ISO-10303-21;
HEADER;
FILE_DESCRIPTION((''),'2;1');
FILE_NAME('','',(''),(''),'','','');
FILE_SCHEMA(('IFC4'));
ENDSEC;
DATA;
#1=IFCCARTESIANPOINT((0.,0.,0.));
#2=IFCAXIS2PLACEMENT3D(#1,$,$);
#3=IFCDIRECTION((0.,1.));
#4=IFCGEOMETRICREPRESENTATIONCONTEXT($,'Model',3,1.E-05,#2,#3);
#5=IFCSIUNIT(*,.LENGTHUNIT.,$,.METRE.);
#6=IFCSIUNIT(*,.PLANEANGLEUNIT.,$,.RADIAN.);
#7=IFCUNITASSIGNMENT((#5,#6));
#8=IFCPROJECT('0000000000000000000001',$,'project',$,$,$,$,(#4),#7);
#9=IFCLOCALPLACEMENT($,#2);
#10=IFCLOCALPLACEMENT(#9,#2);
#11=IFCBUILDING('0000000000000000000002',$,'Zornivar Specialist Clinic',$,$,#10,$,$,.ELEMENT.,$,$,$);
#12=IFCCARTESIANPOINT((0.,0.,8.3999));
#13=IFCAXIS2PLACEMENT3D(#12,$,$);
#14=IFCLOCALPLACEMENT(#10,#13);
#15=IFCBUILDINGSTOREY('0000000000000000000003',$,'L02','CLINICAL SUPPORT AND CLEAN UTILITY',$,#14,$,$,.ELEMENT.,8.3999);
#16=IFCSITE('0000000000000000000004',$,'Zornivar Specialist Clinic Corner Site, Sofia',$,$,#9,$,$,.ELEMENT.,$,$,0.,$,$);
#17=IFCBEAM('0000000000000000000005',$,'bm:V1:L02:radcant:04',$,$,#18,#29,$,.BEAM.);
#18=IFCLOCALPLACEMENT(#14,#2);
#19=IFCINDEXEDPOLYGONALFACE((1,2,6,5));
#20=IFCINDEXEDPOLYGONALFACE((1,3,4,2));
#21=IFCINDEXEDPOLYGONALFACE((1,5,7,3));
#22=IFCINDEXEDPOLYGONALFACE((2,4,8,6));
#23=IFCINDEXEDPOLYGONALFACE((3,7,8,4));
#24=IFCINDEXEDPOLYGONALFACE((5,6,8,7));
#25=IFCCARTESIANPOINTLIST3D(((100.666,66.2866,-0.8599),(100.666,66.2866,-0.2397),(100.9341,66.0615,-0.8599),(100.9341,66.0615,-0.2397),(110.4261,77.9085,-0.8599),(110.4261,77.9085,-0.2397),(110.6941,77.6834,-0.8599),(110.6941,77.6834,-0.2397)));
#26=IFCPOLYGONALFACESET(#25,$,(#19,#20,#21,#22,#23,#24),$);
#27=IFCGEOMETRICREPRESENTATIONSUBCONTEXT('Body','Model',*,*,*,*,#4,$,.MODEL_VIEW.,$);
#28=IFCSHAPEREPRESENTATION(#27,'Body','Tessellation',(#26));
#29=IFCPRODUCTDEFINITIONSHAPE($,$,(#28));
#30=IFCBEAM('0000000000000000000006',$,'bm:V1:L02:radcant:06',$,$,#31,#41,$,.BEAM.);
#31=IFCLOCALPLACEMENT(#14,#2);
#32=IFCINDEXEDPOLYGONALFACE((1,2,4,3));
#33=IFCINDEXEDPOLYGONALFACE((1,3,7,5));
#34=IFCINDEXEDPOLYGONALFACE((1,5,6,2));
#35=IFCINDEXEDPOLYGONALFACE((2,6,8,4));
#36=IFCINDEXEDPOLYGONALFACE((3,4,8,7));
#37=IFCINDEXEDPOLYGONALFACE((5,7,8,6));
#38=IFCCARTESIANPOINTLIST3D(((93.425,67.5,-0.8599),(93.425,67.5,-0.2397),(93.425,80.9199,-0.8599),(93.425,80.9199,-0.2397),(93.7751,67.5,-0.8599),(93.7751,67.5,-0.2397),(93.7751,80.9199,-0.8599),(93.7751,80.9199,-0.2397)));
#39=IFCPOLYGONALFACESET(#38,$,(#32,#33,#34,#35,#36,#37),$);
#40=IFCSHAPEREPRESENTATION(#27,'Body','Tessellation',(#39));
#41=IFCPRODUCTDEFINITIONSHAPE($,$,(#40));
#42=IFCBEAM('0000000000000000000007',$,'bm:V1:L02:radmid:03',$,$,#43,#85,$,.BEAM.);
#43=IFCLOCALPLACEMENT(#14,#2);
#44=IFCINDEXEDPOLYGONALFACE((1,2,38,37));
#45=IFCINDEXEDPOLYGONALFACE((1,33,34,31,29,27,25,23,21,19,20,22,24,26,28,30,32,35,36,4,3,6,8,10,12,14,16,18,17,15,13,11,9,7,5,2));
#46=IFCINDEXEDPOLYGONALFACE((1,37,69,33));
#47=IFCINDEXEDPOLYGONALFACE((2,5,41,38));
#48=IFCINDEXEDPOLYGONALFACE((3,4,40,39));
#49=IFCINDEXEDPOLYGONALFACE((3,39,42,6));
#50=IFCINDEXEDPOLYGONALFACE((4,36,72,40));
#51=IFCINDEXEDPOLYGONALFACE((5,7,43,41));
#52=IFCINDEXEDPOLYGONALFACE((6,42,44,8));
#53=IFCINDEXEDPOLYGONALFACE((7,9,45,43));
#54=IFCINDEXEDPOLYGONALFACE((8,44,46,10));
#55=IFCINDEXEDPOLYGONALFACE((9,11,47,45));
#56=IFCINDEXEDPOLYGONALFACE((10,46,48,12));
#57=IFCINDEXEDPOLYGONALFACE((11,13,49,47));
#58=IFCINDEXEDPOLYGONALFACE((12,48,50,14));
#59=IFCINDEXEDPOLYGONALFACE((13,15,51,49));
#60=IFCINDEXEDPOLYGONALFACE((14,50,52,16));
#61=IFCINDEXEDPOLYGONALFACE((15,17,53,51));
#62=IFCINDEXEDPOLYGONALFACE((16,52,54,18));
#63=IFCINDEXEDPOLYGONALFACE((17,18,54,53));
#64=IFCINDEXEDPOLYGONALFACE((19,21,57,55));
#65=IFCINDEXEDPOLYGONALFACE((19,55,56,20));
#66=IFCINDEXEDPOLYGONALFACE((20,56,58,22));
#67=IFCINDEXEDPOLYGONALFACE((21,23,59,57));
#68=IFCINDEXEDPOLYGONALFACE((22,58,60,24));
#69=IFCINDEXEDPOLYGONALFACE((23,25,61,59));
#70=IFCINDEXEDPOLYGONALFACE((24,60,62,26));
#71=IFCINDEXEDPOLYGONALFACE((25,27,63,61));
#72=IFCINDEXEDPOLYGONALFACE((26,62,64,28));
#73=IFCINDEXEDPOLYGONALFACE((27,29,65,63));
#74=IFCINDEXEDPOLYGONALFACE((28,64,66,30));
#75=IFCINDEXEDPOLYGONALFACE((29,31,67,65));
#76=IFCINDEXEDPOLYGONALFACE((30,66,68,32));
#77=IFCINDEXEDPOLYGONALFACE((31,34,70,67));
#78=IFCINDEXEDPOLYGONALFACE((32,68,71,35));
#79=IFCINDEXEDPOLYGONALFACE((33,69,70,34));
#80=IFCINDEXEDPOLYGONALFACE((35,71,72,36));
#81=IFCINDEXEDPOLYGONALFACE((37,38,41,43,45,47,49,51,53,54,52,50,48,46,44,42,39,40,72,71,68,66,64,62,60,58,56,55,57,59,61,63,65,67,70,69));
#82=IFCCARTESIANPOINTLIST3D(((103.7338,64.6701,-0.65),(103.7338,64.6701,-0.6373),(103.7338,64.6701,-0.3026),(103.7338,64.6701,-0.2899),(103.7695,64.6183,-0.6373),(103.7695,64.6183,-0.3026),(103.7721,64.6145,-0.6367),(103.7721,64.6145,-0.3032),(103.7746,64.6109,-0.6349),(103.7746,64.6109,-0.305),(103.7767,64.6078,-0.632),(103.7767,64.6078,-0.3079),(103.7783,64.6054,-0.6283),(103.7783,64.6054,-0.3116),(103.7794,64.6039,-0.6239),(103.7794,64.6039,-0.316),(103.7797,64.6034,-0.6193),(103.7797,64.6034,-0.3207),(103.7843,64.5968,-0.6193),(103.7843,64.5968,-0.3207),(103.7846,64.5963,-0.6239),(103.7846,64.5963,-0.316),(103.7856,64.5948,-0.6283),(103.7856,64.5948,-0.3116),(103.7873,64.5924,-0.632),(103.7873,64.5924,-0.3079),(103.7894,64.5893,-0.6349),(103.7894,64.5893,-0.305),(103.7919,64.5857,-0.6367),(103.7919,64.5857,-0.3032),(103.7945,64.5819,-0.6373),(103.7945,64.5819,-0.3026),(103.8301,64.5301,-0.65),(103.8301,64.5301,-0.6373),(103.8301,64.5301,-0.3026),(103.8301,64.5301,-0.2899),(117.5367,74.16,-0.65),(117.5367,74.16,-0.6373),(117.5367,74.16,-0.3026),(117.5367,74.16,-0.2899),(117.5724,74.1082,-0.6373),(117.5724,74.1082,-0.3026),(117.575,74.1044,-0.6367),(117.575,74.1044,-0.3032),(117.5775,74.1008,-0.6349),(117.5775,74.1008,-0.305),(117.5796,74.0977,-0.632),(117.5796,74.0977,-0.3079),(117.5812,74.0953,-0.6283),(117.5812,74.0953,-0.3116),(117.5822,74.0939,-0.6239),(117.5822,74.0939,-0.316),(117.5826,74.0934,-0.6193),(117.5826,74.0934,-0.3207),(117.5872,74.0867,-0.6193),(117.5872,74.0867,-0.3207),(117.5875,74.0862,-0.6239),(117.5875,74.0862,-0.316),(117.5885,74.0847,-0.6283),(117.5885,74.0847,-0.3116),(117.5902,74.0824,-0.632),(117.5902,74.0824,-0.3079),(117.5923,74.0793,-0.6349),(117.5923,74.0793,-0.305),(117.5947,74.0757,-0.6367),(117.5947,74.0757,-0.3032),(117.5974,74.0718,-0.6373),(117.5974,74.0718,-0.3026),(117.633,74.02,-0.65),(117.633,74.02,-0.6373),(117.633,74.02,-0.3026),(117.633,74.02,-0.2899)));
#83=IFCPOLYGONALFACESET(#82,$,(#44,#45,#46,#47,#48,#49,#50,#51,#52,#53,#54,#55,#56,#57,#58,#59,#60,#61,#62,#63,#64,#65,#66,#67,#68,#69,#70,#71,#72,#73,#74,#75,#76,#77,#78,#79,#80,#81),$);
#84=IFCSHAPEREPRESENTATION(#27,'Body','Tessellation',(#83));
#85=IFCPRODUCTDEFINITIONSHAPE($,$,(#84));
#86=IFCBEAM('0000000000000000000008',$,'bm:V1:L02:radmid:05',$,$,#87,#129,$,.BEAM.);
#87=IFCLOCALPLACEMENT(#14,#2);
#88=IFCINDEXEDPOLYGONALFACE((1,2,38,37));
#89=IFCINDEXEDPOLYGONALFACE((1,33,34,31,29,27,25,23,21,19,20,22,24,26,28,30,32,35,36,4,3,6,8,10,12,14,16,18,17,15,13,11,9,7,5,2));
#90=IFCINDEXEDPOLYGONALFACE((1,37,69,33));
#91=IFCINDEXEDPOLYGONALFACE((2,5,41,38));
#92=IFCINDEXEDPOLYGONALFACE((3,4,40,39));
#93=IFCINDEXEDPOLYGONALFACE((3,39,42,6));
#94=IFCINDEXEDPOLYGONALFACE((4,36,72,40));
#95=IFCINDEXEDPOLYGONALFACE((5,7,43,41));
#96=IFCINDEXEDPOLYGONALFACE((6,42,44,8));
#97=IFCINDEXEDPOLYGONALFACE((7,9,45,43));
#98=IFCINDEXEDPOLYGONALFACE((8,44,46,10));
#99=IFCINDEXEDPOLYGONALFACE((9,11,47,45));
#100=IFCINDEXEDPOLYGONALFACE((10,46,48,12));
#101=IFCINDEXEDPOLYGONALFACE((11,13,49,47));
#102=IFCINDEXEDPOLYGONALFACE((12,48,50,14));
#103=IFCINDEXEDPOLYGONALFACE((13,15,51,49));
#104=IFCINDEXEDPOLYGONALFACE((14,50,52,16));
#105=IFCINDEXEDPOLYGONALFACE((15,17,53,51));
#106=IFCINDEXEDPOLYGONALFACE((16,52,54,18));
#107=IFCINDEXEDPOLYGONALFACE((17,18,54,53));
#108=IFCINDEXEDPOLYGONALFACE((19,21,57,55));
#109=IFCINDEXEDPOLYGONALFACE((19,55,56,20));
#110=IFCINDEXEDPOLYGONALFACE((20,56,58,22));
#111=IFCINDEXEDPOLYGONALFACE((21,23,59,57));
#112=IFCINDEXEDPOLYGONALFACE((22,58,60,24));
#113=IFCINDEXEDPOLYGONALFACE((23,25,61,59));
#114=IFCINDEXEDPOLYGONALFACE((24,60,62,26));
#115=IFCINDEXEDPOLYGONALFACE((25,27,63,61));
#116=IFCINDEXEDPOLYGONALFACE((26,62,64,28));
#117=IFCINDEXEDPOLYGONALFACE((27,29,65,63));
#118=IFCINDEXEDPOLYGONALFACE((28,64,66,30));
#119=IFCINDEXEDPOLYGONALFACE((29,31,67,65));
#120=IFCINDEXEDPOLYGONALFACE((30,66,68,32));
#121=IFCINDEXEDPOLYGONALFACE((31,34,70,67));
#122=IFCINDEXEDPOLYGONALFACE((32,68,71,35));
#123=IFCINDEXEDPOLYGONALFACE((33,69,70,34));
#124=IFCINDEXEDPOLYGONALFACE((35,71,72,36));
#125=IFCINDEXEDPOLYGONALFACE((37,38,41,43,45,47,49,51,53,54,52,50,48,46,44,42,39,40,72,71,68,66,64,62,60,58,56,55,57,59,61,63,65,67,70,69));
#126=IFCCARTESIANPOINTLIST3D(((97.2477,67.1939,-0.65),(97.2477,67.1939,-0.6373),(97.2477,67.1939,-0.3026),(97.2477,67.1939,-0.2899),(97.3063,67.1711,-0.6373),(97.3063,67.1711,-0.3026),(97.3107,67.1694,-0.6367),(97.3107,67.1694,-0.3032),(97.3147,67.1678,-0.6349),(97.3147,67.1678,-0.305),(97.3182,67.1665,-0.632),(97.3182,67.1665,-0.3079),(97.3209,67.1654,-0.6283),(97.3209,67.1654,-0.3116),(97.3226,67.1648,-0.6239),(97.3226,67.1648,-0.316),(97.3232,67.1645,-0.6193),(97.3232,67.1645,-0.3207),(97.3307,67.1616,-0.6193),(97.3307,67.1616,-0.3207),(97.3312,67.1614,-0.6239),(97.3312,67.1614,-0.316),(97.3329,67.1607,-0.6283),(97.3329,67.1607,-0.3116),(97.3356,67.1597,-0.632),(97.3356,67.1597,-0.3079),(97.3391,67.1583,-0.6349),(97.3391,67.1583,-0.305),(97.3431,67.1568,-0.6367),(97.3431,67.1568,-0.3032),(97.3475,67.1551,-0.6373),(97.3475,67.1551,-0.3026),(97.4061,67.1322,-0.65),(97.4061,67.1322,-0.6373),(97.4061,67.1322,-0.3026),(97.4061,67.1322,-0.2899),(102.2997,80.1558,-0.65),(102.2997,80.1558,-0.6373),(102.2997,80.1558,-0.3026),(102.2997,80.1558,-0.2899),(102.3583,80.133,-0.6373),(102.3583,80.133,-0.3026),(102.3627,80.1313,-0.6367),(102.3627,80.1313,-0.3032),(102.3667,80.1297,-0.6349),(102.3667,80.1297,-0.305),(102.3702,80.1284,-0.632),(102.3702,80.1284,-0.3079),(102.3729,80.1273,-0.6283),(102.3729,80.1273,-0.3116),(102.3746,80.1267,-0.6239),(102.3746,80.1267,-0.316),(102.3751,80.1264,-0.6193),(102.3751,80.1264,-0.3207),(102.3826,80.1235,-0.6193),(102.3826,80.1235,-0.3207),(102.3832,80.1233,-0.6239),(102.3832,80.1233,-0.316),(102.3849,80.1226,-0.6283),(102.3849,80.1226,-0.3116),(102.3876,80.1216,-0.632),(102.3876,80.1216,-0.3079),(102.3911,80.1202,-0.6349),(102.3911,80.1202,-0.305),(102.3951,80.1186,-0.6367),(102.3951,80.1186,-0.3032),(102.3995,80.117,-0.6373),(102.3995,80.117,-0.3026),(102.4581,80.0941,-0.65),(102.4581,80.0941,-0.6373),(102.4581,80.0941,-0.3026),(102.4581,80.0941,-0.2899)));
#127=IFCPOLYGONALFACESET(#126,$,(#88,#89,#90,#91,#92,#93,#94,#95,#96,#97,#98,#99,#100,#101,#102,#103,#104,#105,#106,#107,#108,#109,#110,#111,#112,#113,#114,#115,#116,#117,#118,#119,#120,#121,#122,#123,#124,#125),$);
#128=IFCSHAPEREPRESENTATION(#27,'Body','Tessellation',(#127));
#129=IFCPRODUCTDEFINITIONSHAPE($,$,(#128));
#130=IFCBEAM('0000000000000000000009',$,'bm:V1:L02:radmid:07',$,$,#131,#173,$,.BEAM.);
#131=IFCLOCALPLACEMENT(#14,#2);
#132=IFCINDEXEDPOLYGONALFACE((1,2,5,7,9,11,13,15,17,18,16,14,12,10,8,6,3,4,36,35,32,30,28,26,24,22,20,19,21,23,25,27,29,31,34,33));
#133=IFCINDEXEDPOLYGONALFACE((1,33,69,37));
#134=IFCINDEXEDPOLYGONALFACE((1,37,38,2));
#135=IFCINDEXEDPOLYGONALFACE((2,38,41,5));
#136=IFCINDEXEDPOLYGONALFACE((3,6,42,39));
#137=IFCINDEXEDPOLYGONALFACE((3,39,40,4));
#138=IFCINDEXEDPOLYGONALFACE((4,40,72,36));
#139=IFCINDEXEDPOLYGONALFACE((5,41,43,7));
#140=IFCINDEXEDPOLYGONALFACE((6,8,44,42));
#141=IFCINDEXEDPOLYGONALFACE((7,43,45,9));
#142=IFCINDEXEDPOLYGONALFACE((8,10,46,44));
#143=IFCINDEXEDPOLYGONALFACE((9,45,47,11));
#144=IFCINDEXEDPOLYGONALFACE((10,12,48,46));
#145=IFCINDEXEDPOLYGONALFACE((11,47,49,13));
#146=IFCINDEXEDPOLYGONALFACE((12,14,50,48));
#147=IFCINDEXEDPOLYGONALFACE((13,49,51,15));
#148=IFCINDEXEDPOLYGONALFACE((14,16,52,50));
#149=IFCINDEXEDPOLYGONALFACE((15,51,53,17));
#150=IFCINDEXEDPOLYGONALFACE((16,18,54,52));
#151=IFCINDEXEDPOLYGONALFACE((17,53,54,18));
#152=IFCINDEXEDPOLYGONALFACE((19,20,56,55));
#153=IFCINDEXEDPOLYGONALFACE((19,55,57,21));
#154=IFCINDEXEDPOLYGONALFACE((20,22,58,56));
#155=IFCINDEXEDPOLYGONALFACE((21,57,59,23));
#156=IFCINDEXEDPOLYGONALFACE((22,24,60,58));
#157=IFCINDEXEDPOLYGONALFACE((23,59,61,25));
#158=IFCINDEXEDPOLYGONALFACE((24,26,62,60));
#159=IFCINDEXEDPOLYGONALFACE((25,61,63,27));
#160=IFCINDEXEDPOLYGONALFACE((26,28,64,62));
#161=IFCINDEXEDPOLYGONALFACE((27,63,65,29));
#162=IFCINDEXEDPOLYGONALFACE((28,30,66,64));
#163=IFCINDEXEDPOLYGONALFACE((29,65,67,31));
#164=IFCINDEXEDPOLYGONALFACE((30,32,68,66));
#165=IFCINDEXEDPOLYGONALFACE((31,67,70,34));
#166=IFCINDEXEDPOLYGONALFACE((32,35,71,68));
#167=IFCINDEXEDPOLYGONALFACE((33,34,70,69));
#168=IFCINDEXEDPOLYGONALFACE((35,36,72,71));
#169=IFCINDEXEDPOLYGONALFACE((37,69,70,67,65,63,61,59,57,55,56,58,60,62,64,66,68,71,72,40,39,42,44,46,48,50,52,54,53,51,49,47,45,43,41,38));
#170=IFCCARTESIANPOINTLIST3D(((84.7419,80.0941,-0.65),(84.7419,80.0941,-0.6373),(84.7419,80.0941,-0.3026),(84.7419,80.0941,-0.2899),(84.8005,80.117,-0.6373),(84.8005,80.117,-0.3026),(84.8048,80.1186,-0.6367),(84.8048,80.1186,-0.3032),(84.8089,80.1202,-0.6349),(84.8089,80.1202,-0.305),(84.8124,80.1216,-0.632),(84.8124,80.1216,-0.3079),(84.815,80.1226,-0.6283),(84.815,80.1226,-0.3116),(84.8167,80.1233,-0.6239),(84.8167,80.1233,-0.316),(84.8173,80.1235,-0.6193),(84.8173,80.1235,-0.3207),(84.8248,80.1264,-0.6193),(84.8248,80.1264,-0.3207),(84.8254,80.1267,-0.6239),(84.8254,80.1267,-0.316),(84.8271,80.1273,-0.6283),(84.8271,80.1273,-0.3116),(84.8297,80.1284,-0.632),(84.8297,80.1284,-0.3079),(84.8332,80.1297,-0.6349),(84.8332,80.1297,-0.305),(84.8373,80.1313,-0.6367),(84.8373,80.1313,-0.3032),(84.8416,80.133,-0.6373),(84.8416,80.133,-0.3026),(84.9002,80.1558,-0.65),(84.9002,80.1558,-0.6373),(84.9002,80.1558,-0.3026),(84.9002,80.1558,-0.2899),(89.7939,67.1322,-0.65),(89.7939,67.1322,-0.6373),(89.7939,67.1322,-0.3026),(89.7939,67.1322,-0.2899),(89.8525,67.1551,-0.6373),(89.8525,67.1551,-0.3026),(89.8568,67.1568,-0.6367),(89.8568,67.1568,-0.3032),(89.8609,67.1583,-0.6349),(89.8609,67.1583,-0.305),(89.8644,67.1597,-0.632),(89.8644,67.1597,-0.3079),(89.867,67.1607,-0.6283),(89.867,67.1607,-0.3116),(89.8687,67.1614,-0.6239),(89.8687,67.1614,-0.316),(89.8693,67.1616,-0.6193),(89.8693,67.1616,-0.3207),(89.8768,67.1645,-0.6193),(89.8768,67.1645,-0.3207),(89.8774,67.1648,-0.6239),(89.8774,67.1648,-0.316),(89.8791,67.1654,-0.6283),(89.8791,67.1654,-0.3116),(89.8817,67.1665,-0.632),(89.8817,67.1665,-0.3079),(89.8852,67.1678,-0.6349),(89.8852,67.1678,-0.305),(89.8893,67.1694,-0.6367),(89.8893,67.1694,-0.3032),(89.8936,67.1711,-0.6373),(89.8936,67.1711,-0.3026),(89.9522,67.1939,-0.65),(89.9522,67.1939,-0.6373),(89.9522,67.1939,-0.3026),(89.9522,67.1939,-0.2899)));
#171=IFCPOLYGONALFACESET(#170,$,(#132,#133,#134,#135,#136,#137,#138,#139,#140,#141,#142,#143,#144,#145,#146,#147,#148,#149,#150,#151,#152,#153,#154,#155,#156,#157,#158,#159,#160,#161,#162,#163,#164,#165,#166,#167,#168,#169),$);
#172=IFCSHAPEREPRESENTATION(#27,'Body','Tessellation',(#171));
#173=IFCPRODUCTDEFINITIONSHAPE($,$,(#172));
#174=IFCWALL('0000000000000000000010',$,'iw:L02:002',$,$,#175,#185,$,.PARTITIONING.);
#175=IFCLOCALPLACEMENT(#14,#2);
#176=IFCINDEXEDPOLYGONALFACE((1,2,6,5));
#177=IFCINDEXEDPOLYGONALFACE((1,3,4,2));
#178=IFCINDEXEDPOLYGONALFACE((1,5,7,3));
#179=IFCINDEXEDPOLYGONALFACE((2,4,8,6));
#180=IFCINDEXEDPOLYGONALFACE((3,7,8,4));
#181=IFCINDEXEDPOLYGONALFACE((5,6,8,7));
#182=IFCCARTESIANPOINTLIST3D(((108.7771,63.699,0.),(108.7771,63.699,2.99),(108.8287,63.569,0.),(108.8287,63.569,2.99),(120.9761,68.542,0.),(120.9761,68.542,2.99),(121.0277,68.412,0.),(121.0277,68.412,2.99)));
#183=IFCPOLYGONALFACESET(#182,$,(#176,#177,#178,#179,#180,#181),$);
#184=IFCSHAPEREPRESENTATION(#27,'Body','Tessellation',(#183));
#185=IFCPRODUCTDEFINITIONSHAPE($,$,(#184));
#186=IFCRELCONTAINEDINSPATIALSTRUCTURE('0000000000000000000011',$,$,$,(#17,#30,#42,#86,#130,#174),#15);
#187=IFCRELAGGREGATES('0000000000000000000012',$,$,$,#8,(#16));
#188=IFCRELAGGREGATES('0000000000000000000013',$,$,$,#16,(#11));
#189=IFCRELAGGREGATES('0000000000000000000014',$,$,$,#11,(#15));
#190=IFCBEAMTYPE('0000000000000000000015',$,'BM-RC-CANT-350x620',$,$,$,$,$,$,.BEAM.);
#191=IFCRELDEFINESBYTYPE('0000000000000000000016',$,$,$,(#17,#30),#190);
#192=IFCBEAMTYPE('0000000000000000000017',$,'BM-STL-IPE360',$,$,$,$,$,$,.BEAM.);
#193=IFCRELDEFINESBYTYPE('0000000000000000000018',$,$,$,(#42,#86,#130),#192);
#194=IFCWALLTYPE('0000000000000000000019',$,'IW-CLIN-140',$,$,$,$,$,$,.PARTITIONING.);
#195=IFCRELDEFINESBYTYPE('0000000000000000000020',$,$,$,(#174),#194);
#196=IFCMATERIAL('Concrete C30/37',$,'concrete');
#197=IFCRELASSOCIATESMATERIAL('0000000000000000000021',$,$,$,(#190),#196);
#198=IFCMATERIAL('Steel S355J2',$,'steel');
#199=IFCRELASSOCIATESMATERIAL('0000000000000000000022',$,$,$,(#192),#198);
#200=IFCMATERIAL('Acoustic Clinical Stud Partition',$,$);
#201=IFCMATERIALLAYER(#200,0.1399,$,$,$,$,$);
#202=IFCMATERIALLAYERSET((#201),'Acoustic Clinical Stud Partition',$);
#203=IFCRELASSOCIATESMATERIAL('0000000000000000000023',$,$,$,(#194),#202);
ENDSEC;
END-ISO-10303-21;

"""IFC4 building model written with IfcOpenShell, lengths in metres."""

from ifc_helpers import new_model, si_unit, direction, frame, frame_2d, origin, origin_2d, place, context, subcontext, project, spatial, rectangle, i_section, extrude, material, layer, layer_set, material_profile, profile_set, type_object, element, save


model = new_model("IFC4")

# Units and contexts
model_context = context("Model", 3, precision=1e-05, world=origin(), true_north=direction((0.0, 1.0)))
body_context = subcontext(model_context, "Body", "Model", "MODEL_VIEW")
ifc_project = project(units=[si_unit("LENGTHUNIT", "METRE"), si_unit("PLANEANGLEUNIT", "RADIAN")], contexts=[model_context])

# Site, building, storey
site_placement = place(None, origin())
site = spatial("IfcSite", under=ifc_project, at=site_placement, Name="Zornivar Specialist Clinic Corner Site, Sofia", CompositionType="ELEMENT", RefElevation=0.0)
building_placement = place(site_placement, origin())
building = spatial("IfcBuilding", under=site, at=building_placement, Name="Zornivar Specialist Clinic", CompositionType="ELEMENT")
storey_placement = place(building_placement, frame((0.0, 0.0, 8.3999)))
storey = spatial("IfcBuildingStorey", under=building, at=storey_placement, Name="L02", Description="CLINICAL SUPPORT AND CLEAN UTILITY", CompositionType="ELEMENT", Elevation=8.3999)

# Beams
ifc_material_1 = material(Name="Concrete C30/37", Category="concrete")
ifc_material_profile_1 = material_profile(ifc_material_1, rectangle(XDim=0.3501, YDim=0.6201, at=origin_2d()), Name="RC 350x620")
ifc_profile_set_1 = profile_set([ifc_material_profile_1], Name="Concrete C30/37")
beam_type_1 = type_object("IfcBeamType", Name="BM-RC-CANT-350x620", PredefinedType="BEAM", material=ifc_profile_set_1)
beam_1_placement = place(storey_placement, frame((100.8, 66.1741, -0.5498), z_axis=(0.643102, 0.76578, 0.0), x_axis=(-0.76578, 0.643102, 0.0)))
element("IfcBeam", 1, at=beam_1_placement, inside=storey, type_object=beam_type_1, Name="bm:V1:L02:radcant:04", PredefinedType="BEAM", context=body_context, shape_type="SweptSolid", body=[
    extrude(rectangle(XDim=0.3501, YDim=0.6201, at=origin_2d()), origin(), (0.0, 0.0, 1.0), 15.1765),
])
beam_2_placement = place(storey_placement, frame((93.6001, 67.5, -0.5498), z_axis=(0.0, 1.0, 0.0), x_axis=(-1.0, 0.0, 0.0)))
element("IfcBeam", 2, at=beam_2_placement, inside=storey, type_object=beam_type_1, Name="bm:V1:L02:radcant:06", PredefinedType="BEAM", context=body_context, shape_type="SweptSolid", body=[
    extrude(rectangle(XDim=0.3501, YDim=0.6201, at=origin_2d()), origin(), (0.0, 0.0, 1.0), 13.4199),
])
ifc_material_2 = material(Name="Steel S355J2", Category="steel")
ifc_material_profile_2 = material_profile(ifc_material_2, i_section(OverallWidth=0.1699, OverallDepth=0.3601, WebThickness=0.0081, FlangeThickness=0.0127, FilletRadius=0.0181, at=origin_2d()), Name="IPE 360")
ifc_profile_set_2 = profile_set([ifc_material_profile_2], Name="Steel S355J2")
beam_type_2 = type_object("IfcBeamType", Name="BM-STL-IPE360", PredefinedType="BEAM", material=ifc_profile_set_2)
beam_3_placement = place(storey_placement, frame((103.782, 64.6001, -0.47), z_axis=(0.82403, 0.566547, 0.0), x_axis=(-0.566547, 0.82403, 0.0)))
element("IfcBeam", 3, at=beam_3_placement, inside=storey, type_object=beam_type_2, Name="bm:V1:L02:radmid:03", PredefinedType="BEAM", context=body_context, shape_type="SweptSolid", body=[
    extrude(i_section(OverallWidth=0.1699, OverallDepth=0.3601, WebThickness=0.0081, FlangeThickness=0.0127, FilletRadius=0.0181, at=origin_2d()), origin(), (0.0, 0.0, 1.0), 16.7505),
])
for number, where, z_axis, x_axis, name in (
    (4, (97.3269, 67.1631, -0.47), (0.363149, 0.931731, 0.0), (-0.931731, 0.363149, 0.0), "bm:V1:L02:radmid:05"),
    (5, (89.873, 67.1631, -0.47), (-0.363149, 0.931731, 0.0), (-0.931731, -0.363149, 0.0), "bm:V1:L02:radmid:07"),
):
    element("IfcBeam", number, at=place(storey_placement, frame(where, z_axis=z_axis, x_axis=x_axis)), inside=storey, type_object=beam_type_2, Name=name, PredefinedType="BEAM", context=body_context, shape_type="SweptSolid", body=[
        extrude(i_section(OverallWidth=0.1699, OverallDepth=0.3601, WebThickness=0.0081, FlangeThickness=0.0127, FilletRadius=0.0181, at=origin_2d()), origin(), (0.0, 0.0, 1.0), 13.9116),
    ])

# Wall
ifc_material_3 = material(Name="Acoustic Clinical Stud Partition")
ifc_layer_1 = layer(ifc_material_3, 0.1399)
ifc_layer_set_1 = layer_set([ifc_layer_1], Name="Acoustic Clinical Stud Partition")
wall_type_1 = type_object("IfcWallType", Name="IW-CLIN-140", PredefinedType="PARTITIONING", material=ifc_layer_set_1)
wall_1_placement = place(storey_placement, frame((108.803, 63.634, 0.0), z_axis=(0.0, 0.0, 1.0), x_axis=(0.929434, 0.368987, 0.0)))
element("IfcWall", 6, at=wall_1_placement, inside=storey, type_object=wall_type_1, Name="iw:L02:002", PredefinedType="PARTITIONING", context=body_context, shape_type="SweptSolid", body=[
    extrude(rectangle(XDim=13.1252, YDim=0.1399, at=frame_2d((6.5625, 0.0))), origin(), (0.0, 0.0, 1.0), 2.99),
])

save(model, "model.ifc")
